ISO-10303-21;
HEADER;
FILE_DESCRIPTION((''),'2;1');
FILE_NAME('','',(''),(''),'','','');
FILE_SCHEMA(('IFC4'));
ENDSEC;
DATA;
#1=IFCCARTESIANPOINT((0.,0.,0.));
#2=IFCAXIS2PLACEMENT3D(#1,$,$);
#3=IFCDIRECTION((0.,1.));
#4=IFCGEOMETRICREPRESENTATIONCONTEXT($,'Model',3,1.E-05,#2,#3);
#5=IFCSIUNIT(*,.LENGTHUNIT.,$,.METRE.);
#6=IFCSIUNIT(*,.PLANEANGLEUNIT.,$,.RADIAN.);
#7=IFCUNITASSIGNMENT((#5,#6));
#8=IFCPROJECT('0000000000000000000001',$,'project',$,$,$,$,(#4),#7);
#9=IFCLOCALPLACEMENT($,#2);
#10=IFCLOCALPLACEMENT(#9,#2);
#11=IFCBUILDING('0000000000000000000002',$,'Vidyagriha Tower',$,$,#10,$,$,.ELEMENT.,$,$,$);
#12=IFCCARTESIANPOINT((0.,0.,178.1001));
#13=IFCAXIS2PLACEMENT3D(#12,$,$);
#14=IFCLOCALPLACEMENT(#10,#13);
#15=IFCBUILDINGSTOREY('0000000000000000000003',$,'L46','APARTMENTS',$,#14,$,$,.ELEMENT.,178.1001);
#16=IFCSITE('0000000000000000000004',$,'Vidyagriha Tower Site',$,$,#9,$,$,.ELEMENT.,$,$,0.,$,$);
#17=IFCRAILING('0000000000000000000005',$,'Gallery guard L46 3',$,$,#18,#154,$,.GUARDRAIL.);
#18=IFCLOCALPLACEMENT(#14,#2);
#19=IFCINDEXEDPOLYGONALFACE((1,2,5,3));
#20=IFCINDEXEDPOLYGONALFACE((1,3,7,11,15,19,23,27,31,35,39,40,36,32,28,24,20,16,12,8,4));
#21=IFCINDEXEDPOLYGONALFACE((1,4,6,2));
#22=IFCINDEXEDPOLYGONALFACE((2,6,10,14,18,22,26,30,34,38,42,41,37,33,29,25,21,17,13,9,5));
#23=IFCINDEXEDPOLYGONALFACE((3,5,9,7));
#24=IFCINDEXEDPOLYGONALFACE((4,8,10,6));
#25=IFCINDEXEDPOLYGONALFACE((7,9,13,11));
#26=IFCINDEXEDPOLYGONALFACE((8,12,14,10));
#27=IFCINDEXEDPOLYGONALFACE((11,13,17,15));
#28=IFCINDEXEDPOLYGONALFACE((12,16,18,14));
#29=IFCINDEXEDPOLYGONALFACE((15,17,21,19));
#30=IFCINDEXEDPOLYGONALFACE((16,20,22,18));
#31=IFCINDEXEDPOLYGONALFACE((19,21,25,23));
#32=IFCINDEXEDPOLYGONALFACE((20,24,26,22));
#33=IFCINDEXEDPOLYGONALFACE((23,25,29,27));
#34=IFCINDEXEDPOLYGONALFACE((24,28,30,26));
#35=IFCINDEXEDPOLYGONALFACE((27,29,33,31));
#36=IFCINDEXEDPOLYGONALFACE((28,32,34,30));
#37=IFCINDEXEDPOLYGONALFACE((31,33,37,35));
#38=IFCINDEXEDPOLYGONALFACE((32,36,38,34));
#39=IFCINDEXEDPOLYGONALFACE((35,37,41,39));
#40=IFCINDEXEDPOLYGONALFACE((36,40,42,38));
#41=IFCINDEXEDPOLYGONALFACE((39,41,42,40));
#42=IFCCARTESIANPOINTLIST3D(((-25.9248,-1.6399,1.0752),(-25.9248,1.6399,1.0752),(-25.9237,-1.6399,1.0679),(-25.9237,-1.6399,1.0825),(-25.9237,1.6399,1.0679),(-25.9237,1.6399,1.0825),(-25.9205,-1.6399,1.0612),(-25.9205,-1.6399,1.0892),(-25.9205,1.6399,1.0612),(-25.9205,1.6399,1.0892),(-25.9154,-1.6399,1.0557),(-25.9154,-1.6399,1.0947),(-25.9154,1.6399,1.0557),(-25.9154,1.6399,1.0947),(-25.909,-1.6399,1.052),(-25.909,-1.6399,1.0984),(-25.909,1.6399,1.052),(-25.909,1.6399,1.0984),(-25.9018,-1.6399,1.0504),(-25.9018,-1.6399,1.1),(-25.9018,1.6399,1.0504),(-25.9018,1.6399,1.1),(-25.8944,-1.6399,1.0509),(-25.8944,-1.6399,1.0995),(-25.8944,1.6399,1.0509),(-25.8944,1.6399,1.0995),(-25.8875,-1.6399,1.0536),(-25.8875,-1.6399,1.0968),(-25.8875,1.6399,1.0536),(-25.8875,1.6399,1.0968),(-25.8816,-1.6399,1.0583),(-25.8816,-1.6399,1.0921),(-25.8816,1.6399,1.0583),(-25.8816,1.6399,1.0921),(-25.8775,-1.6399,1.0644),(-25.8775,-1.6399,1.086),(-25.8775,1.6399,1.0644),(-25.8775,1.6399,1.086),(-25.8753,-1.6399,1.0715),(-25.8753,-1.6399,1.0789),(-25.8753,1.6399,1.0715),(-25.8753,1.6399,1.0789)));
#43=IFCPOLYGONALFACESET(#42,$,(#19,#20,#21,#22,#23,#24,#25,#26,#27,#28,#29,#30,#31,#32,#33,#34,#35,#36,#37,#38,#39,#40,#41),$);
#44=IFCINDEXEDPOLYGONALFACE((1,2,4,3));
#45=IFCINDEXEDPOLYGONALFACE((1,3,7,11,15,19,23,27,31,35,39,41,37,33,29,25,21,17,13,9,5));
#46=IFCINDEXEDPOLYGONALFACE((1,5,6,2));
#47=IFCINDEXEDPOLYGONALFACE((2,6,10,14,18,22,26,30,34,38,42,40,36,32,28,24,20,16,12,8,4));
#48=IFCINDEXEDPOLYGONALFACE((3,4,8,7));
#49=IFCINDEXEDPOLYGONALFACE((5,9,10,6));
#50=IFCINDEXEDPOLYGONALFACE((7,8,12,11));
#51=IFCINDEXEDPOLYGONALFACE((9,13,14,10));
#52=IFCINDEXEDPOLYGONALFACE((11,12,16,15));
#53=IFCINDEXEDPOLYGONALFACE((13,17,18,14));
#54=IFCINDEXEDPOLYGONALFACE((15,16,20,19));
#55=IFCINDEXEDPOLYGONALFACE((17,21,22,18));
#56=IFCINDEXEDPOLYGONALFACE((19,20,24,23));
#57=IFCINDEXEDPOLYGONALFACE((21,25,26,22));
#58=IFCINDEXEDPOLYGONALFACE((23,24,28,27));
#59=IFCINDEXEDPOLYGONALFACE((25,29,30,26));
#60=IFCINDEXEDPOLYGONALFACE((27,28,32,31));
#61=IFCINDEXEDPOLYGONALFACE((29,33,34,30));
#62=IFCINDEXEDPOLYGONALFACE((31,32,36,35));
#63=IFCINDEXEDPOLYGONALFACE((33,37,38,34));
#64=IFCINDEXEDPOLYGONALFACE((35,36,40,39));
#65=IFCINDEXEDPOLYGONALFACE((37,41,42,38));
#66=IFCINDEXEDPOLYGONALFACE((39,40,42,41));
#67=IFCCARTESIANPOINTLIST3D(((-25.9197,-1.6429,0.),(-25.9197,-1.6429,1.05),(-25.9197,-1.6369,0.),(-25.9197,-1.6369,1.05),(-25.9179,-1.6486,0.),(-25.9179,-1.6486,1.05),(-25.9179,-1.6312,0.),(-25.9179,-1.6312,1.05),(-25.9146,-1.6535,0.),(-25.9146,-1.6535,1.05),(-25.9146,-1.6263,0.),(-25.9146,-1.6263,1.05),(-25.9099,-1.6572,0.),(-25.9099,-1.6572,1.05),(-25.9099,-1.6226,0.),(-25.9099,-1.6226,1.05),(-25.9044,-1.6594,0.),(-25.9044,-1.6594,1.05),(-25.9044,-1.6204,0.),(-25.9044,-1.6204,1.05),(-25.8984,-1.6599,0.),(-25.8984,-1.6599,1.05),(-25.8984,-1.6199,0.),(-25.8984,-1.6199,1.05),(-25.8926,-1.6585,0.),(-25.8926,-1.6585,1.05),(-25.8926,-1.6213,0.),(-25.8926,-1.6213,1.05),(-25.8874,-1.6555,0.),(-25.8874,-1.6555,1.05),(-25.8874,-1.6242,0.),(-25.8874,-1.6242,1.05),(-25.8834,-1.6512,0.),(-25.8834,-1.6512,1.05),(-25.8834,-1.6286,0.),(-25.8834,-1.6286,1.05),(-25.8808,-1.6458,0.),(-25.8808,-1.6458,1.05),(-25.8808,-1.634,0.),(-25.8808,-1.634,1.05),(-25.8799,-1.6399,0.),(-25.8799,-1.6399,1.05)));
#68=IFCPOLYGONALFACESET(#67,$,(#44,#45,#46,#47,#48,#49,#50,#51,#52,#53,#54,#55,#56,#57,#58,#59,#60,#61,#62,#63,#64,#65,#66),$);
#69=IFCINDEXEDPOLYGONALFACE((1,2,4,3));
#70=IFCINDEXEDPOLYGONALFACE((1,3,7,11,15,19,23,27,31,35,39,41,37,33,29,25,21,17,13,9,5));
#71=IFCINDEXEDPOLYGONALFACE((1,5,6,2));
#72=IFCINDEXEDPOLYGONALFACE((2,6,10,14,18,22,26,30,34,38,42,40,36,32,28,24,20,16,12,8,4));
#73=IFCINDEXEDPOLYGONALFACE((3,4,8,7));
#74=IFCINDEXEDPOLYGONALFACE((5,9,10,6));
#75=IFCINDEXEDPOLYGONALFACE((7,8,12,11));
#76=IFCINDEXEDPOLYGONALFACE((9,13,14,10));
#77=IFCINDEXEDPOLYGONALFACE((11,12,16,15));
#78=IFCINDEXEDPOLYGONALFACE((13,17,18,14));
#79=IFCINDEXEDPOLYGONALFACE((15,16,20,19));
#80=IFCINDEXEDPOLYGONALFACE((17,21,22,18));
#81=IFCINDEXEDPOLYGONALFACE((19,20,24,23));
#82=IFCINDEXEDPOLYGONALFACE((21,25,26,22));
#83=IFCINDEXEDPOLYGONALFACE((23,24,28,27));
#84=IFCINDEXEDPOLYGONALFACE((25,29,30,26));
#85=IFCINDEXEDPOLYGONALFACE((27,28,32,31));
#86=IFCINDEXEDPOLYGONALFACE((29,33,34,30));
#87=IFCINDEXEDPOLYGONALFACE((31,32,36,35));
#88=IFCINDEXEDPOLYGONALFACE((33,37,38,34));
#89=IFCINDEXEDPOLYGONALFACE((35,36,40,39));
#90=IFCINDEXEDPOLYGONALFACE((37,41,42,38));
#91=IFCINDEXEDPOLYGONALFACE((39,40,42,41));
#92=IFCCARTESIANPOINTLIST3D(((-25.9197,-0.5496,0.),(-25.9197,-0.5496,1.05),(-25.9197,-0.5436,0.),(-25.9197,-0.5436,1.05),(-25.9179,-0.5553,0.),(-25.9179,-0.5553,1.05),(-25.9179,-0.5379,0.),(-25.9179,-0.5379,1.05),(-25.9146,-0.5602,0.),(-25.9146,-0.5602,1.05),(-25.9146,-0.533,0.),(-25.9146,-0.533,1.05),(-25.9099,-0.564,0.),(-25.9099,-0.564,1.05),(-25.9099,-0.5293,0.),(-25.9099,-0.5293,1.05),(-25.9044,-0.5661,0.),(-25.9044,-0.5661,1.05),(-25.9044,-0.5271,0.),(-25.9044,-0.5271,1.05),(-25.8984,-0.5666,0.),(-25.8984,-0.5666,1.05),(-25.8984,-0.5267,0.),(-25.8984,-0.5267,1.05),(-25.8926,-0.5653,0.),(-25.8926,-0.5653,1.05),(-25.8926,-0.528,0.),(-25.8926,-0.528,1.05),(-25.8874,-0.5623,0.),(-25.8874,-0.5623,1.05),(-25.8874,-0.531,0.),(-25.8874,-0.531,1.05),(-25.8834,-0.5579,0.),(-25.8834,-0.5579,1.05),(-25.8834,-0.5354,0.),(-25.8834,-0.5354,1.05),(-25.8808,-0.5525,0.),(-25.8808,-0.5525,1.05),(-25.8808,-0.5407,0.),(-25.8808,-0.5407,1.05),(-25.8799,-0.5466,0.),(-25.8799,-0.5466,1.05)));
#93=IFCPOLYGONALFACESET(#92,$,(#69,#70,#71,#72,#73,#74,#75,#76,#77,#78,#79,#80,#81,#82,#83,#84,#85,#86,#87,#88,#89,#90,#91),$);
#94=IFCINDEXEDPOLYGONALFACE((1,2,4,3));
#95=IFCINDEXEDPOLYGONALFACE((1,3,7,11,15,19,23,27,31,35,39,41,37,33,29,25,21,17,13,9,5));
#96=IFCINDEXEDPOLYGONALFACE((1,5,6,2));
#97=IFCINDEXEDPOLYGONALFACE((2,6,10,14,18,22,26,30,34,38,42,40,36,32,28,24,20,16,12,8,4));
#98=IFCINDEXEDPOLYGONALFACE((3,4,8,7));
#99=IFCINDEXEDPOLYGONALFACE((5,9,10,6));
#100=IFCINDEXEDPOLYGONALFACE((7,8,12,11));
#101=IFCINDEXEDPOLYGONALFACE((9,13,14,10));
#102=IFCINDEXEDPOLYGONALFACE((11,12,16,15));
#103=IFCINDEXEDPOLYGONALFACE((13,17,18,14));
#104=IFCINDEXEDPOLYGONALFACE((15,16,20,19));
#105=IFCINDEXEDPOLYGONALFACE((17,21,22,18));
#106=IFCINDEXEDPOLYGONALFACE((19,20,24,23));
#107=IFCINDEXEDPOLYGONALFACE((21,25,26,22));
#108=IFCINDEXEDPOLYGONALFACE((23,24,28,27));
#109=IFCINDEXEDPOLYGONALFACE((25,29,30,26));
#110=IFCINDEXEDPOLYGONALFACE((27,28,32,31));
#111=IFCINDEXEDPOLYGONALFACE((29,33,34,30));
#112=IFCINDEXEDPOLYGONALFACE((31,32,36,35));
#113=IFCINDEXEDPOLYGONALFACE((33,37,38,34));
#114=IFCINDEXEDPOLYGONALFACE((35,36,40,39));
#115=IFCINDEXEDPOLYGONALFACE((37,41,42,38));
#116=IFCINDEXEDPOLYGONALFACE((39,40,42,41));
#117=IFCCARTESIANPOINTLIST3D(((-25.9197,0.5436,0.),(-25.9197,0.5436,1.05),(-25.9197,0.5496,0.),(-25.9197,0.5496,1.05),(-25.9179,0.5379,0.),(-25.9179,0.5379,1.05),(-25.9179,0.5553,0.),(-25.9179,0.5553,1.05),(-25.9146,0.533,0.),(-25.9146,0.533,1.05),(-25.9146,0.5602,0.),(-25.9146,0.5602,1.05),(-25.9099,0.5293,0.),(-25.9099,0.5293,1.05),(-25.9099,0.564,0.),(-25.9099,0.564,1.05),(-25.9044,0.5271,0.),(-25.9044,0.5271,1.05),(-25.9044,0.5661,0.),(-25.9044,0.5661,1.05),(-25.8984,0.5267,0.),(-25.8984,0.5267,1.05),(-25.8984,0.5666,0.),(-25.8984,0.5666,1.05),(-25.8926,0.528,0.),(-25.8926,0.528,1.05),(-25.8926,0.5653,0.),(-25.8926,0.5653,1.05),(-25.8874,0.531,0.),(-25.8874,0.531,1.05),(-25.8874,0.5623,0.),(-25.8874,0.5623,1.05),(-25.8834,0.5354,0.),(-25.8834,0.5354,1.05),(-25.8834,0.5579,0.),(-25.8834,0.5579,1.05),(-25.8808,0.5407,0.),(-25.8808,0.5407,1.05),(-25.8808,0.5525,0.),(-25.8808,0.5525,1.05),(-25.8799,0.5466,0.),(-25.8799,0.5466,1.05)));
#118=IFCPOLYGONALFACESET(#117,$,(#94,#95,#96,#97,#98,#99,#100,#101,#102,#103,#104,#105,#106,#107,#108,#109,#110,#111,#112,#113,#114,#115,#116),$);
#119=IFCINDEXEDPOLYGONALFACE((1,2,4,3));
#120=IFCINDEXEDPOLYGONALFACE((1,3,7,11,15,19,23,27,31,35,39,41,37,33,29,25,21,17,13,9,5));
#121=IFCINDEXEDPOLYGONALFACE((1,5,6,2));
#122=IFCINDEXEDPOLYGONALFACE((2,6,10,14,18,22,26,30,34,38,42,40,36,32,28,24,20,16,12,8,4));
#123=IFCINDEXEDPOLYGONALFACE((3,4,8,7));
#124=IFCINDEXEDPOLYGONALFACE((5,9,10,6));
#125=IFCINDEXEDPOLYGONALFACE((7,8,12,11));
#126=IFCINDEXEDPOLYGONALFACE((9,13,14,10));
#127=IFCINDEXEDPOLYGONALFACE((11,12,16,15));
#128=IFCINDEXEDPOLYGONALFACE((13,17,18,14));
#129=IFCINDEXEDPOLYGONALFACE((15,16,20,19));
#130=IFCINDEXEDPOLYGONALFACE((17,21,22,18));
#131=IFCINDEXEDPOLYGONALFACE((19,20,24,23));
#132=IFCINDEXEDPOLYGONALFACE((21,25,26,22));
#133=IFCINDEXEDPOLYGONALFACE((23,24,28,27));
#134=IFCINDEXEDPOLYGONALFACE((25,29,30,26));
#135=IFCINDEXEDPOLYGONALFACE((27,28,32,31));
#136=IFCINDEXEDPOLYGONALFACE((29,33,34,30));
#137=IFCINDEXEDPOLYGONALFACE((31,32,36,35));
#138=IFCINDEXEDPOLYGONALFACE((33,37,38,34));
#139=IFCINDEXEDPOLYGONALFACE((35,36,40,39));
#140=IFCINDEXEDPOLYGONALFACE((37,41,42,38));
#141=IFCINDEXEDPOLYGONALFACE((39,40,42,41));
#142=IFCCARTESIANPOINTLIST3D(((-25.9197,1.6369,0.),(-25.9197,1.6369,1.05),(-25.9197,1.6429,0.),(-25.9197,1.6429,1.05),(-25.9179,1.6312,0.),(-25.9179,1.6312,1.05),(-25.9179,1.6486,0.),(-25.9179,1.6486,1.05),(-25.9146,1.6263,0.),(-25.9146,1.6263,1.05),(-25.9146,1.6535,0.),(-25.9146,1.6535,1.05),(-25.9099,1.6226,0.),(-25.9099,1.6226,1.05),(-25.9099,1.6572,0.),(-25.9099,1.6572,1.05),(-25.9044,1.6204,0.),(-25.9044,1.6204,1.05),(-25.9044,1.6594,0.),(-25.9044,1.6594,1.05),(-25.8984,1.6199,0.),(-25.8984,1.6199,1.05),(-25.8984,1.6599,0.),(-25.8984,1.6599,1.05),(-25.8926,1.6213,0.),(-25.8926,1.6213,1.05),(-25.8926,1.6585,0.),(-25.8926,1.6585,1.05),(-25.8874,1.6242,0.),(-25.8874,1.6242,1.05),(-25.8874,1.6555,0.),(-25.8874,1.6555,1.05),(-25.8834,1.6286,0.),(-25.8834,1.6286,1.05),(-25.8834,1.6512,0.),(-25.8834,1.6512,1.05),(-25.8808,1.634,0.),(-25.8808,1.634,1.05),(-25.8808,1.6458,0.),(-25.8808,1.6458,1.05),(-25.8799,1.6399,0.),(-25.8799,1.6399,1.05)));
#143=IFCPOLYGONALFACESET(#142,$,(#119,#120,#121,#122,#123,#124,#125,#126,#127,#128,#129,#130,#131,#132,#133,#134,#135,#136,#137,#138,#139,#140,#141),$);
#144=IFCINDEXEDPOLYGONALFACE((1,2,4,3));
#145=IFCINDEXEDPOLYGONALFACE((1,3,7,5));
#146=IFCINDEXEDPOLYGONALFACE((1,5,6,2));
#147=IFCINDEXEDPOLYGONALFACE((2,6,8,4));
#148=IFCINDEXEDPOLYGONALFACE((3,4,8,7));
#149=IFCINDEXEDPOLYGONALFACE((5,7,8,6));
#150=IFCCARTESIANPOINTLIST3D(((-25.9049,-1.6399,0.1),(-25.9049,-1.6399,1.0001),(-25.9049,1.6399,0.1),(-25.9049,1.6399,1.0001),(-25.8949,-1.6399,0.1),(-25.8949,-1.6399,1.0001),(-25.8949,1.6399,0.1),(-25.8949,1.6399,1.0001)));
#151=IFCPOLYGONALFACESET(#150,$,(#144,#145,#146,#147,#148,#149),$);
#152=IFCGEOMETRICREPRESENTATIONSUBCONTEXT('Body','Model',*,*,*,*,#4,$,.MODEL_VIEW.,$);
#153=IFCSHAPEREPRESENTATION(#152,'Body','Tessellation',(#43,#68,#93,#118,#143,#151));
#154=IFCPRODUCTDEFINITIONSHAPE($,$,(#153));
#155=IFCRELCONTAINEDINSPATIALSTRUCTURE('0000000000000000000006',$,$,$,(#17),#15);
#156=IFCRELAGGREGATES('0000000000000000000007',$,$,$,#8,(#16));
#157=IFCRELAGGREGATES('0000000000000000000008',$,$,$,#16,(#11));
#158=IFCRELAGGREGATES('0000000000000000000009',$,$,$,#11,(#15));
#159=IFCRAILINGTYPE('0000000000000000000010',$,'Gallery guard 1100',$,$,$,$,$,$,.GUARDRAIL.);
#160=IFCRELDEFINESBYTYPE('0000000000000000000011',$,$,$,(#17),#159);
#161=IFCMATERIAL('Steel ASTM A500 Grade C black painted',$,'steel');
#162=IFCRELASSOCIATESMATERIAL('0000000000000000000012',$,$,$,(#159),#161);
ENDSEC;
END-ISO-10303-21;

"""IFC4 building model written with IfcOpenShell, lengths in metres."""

from ifc_helpers import new_model, si_unit, direction, frame, origin, origin_2d, place, context, subcontext, project, spatial, rectangle, circle, extrude, material, type_object, element, save


model = new_model("IFC4")

# Units and contexts
model_context = context("Model", 3, precision=1e-05, world=origin(), true_north=direction((0.0, 1.0)))
body_context = subcontext(model_context, "Body", "Model", "MODEL_VIEW")
ifc_project = project(units=[si_unit("LENGTHUNIT", "METRE"), si_unit("PLANEANGLEUNIT", "RADIAN")], contexts=[model_context])

# Site, building, storey
site_placement = place(None, origin())
site = spatial("IfcSite", under=ifc_project, at=site_placement, Name="Vidyagriha Tower Site", CompositionType="ELEMENT", RefElevation=0.0)
building_placement = place(site_placement, origin())
building = spatial("IfcBuilding", under=site, at=building_placement, Name="Vidyagriha Tower", CompositionType="ELEMENT")
storey_placement = place(building_placement, frame((0.0, 0.0, 178.1001)))
storey = spatial("IfcBuildingStorey", under=building, at=storey_placement, Name="L46", Description="APARTMENTS", CompositionType="ELEMENT", Elevation=178.1001)

# Railing
ifc_material_1 = material(Name="Steel ASTM A500 Grade C black painted", Category="steel")
railing_type_1 = type_object("IfcRailingType", Name="Gallery guard 1100", PredefinedType="GUARDRAIL", material=ifc_material_1)
railing_1_placement = place(storey_placement, frame((-25.8999, -1.6399, 0.0)))
element("IfcRailing", 1, at=railing_1_placement, inside=storey, type_object=railing_type_1, Name="Gallery guard L46 3", PredefinedType="GUARDRAIL", context=body_context, shape_type="SweptSolid", body=[
    extrude(circle(Radius=0.0249, at=origin_2d()), frame((0.0, 0.0, 1.0752), z_axis=(0.0, 1.0, 0.0), x_axis=(-1.0, 0.0, 0.0)), (0.0, 0.0, 1.0), 3.2798),
    extrude(circle(Radius=0.02, at=origin_2d()), origin(), (0.0, 0.0, 1.0), 1.05),
    extrude(circle(Radius=0.02, at=origin_2d()), frame((0.0, 1.0933, 0.0)), (0.0, 0.0, 1.0), 1.05),
    extrude(circle(Radius=0.02, at=origin_2d()), frame((0.0, 2.1865, 0.0)), (0.0, 0.0, 1.0), 1.05),
    extrude(circle(Radius=0.02, at=origin_2d()), frame((0.0, 3.2798, 0.0)), (0.0, 0.0, 1.0), 1.05),
    extrude(rectangle(XDim=0.01, YDim=0.9001, at=origin_2d()), frame((0.0, 0.0, 0.55), z_axis=(0.0, 1.0, 0.0), x_axis=(-1.0, 0.0, 0.0)), (0.0, 0.0, 1.0), 3.2798),
])

save(model, "model.ifc")
